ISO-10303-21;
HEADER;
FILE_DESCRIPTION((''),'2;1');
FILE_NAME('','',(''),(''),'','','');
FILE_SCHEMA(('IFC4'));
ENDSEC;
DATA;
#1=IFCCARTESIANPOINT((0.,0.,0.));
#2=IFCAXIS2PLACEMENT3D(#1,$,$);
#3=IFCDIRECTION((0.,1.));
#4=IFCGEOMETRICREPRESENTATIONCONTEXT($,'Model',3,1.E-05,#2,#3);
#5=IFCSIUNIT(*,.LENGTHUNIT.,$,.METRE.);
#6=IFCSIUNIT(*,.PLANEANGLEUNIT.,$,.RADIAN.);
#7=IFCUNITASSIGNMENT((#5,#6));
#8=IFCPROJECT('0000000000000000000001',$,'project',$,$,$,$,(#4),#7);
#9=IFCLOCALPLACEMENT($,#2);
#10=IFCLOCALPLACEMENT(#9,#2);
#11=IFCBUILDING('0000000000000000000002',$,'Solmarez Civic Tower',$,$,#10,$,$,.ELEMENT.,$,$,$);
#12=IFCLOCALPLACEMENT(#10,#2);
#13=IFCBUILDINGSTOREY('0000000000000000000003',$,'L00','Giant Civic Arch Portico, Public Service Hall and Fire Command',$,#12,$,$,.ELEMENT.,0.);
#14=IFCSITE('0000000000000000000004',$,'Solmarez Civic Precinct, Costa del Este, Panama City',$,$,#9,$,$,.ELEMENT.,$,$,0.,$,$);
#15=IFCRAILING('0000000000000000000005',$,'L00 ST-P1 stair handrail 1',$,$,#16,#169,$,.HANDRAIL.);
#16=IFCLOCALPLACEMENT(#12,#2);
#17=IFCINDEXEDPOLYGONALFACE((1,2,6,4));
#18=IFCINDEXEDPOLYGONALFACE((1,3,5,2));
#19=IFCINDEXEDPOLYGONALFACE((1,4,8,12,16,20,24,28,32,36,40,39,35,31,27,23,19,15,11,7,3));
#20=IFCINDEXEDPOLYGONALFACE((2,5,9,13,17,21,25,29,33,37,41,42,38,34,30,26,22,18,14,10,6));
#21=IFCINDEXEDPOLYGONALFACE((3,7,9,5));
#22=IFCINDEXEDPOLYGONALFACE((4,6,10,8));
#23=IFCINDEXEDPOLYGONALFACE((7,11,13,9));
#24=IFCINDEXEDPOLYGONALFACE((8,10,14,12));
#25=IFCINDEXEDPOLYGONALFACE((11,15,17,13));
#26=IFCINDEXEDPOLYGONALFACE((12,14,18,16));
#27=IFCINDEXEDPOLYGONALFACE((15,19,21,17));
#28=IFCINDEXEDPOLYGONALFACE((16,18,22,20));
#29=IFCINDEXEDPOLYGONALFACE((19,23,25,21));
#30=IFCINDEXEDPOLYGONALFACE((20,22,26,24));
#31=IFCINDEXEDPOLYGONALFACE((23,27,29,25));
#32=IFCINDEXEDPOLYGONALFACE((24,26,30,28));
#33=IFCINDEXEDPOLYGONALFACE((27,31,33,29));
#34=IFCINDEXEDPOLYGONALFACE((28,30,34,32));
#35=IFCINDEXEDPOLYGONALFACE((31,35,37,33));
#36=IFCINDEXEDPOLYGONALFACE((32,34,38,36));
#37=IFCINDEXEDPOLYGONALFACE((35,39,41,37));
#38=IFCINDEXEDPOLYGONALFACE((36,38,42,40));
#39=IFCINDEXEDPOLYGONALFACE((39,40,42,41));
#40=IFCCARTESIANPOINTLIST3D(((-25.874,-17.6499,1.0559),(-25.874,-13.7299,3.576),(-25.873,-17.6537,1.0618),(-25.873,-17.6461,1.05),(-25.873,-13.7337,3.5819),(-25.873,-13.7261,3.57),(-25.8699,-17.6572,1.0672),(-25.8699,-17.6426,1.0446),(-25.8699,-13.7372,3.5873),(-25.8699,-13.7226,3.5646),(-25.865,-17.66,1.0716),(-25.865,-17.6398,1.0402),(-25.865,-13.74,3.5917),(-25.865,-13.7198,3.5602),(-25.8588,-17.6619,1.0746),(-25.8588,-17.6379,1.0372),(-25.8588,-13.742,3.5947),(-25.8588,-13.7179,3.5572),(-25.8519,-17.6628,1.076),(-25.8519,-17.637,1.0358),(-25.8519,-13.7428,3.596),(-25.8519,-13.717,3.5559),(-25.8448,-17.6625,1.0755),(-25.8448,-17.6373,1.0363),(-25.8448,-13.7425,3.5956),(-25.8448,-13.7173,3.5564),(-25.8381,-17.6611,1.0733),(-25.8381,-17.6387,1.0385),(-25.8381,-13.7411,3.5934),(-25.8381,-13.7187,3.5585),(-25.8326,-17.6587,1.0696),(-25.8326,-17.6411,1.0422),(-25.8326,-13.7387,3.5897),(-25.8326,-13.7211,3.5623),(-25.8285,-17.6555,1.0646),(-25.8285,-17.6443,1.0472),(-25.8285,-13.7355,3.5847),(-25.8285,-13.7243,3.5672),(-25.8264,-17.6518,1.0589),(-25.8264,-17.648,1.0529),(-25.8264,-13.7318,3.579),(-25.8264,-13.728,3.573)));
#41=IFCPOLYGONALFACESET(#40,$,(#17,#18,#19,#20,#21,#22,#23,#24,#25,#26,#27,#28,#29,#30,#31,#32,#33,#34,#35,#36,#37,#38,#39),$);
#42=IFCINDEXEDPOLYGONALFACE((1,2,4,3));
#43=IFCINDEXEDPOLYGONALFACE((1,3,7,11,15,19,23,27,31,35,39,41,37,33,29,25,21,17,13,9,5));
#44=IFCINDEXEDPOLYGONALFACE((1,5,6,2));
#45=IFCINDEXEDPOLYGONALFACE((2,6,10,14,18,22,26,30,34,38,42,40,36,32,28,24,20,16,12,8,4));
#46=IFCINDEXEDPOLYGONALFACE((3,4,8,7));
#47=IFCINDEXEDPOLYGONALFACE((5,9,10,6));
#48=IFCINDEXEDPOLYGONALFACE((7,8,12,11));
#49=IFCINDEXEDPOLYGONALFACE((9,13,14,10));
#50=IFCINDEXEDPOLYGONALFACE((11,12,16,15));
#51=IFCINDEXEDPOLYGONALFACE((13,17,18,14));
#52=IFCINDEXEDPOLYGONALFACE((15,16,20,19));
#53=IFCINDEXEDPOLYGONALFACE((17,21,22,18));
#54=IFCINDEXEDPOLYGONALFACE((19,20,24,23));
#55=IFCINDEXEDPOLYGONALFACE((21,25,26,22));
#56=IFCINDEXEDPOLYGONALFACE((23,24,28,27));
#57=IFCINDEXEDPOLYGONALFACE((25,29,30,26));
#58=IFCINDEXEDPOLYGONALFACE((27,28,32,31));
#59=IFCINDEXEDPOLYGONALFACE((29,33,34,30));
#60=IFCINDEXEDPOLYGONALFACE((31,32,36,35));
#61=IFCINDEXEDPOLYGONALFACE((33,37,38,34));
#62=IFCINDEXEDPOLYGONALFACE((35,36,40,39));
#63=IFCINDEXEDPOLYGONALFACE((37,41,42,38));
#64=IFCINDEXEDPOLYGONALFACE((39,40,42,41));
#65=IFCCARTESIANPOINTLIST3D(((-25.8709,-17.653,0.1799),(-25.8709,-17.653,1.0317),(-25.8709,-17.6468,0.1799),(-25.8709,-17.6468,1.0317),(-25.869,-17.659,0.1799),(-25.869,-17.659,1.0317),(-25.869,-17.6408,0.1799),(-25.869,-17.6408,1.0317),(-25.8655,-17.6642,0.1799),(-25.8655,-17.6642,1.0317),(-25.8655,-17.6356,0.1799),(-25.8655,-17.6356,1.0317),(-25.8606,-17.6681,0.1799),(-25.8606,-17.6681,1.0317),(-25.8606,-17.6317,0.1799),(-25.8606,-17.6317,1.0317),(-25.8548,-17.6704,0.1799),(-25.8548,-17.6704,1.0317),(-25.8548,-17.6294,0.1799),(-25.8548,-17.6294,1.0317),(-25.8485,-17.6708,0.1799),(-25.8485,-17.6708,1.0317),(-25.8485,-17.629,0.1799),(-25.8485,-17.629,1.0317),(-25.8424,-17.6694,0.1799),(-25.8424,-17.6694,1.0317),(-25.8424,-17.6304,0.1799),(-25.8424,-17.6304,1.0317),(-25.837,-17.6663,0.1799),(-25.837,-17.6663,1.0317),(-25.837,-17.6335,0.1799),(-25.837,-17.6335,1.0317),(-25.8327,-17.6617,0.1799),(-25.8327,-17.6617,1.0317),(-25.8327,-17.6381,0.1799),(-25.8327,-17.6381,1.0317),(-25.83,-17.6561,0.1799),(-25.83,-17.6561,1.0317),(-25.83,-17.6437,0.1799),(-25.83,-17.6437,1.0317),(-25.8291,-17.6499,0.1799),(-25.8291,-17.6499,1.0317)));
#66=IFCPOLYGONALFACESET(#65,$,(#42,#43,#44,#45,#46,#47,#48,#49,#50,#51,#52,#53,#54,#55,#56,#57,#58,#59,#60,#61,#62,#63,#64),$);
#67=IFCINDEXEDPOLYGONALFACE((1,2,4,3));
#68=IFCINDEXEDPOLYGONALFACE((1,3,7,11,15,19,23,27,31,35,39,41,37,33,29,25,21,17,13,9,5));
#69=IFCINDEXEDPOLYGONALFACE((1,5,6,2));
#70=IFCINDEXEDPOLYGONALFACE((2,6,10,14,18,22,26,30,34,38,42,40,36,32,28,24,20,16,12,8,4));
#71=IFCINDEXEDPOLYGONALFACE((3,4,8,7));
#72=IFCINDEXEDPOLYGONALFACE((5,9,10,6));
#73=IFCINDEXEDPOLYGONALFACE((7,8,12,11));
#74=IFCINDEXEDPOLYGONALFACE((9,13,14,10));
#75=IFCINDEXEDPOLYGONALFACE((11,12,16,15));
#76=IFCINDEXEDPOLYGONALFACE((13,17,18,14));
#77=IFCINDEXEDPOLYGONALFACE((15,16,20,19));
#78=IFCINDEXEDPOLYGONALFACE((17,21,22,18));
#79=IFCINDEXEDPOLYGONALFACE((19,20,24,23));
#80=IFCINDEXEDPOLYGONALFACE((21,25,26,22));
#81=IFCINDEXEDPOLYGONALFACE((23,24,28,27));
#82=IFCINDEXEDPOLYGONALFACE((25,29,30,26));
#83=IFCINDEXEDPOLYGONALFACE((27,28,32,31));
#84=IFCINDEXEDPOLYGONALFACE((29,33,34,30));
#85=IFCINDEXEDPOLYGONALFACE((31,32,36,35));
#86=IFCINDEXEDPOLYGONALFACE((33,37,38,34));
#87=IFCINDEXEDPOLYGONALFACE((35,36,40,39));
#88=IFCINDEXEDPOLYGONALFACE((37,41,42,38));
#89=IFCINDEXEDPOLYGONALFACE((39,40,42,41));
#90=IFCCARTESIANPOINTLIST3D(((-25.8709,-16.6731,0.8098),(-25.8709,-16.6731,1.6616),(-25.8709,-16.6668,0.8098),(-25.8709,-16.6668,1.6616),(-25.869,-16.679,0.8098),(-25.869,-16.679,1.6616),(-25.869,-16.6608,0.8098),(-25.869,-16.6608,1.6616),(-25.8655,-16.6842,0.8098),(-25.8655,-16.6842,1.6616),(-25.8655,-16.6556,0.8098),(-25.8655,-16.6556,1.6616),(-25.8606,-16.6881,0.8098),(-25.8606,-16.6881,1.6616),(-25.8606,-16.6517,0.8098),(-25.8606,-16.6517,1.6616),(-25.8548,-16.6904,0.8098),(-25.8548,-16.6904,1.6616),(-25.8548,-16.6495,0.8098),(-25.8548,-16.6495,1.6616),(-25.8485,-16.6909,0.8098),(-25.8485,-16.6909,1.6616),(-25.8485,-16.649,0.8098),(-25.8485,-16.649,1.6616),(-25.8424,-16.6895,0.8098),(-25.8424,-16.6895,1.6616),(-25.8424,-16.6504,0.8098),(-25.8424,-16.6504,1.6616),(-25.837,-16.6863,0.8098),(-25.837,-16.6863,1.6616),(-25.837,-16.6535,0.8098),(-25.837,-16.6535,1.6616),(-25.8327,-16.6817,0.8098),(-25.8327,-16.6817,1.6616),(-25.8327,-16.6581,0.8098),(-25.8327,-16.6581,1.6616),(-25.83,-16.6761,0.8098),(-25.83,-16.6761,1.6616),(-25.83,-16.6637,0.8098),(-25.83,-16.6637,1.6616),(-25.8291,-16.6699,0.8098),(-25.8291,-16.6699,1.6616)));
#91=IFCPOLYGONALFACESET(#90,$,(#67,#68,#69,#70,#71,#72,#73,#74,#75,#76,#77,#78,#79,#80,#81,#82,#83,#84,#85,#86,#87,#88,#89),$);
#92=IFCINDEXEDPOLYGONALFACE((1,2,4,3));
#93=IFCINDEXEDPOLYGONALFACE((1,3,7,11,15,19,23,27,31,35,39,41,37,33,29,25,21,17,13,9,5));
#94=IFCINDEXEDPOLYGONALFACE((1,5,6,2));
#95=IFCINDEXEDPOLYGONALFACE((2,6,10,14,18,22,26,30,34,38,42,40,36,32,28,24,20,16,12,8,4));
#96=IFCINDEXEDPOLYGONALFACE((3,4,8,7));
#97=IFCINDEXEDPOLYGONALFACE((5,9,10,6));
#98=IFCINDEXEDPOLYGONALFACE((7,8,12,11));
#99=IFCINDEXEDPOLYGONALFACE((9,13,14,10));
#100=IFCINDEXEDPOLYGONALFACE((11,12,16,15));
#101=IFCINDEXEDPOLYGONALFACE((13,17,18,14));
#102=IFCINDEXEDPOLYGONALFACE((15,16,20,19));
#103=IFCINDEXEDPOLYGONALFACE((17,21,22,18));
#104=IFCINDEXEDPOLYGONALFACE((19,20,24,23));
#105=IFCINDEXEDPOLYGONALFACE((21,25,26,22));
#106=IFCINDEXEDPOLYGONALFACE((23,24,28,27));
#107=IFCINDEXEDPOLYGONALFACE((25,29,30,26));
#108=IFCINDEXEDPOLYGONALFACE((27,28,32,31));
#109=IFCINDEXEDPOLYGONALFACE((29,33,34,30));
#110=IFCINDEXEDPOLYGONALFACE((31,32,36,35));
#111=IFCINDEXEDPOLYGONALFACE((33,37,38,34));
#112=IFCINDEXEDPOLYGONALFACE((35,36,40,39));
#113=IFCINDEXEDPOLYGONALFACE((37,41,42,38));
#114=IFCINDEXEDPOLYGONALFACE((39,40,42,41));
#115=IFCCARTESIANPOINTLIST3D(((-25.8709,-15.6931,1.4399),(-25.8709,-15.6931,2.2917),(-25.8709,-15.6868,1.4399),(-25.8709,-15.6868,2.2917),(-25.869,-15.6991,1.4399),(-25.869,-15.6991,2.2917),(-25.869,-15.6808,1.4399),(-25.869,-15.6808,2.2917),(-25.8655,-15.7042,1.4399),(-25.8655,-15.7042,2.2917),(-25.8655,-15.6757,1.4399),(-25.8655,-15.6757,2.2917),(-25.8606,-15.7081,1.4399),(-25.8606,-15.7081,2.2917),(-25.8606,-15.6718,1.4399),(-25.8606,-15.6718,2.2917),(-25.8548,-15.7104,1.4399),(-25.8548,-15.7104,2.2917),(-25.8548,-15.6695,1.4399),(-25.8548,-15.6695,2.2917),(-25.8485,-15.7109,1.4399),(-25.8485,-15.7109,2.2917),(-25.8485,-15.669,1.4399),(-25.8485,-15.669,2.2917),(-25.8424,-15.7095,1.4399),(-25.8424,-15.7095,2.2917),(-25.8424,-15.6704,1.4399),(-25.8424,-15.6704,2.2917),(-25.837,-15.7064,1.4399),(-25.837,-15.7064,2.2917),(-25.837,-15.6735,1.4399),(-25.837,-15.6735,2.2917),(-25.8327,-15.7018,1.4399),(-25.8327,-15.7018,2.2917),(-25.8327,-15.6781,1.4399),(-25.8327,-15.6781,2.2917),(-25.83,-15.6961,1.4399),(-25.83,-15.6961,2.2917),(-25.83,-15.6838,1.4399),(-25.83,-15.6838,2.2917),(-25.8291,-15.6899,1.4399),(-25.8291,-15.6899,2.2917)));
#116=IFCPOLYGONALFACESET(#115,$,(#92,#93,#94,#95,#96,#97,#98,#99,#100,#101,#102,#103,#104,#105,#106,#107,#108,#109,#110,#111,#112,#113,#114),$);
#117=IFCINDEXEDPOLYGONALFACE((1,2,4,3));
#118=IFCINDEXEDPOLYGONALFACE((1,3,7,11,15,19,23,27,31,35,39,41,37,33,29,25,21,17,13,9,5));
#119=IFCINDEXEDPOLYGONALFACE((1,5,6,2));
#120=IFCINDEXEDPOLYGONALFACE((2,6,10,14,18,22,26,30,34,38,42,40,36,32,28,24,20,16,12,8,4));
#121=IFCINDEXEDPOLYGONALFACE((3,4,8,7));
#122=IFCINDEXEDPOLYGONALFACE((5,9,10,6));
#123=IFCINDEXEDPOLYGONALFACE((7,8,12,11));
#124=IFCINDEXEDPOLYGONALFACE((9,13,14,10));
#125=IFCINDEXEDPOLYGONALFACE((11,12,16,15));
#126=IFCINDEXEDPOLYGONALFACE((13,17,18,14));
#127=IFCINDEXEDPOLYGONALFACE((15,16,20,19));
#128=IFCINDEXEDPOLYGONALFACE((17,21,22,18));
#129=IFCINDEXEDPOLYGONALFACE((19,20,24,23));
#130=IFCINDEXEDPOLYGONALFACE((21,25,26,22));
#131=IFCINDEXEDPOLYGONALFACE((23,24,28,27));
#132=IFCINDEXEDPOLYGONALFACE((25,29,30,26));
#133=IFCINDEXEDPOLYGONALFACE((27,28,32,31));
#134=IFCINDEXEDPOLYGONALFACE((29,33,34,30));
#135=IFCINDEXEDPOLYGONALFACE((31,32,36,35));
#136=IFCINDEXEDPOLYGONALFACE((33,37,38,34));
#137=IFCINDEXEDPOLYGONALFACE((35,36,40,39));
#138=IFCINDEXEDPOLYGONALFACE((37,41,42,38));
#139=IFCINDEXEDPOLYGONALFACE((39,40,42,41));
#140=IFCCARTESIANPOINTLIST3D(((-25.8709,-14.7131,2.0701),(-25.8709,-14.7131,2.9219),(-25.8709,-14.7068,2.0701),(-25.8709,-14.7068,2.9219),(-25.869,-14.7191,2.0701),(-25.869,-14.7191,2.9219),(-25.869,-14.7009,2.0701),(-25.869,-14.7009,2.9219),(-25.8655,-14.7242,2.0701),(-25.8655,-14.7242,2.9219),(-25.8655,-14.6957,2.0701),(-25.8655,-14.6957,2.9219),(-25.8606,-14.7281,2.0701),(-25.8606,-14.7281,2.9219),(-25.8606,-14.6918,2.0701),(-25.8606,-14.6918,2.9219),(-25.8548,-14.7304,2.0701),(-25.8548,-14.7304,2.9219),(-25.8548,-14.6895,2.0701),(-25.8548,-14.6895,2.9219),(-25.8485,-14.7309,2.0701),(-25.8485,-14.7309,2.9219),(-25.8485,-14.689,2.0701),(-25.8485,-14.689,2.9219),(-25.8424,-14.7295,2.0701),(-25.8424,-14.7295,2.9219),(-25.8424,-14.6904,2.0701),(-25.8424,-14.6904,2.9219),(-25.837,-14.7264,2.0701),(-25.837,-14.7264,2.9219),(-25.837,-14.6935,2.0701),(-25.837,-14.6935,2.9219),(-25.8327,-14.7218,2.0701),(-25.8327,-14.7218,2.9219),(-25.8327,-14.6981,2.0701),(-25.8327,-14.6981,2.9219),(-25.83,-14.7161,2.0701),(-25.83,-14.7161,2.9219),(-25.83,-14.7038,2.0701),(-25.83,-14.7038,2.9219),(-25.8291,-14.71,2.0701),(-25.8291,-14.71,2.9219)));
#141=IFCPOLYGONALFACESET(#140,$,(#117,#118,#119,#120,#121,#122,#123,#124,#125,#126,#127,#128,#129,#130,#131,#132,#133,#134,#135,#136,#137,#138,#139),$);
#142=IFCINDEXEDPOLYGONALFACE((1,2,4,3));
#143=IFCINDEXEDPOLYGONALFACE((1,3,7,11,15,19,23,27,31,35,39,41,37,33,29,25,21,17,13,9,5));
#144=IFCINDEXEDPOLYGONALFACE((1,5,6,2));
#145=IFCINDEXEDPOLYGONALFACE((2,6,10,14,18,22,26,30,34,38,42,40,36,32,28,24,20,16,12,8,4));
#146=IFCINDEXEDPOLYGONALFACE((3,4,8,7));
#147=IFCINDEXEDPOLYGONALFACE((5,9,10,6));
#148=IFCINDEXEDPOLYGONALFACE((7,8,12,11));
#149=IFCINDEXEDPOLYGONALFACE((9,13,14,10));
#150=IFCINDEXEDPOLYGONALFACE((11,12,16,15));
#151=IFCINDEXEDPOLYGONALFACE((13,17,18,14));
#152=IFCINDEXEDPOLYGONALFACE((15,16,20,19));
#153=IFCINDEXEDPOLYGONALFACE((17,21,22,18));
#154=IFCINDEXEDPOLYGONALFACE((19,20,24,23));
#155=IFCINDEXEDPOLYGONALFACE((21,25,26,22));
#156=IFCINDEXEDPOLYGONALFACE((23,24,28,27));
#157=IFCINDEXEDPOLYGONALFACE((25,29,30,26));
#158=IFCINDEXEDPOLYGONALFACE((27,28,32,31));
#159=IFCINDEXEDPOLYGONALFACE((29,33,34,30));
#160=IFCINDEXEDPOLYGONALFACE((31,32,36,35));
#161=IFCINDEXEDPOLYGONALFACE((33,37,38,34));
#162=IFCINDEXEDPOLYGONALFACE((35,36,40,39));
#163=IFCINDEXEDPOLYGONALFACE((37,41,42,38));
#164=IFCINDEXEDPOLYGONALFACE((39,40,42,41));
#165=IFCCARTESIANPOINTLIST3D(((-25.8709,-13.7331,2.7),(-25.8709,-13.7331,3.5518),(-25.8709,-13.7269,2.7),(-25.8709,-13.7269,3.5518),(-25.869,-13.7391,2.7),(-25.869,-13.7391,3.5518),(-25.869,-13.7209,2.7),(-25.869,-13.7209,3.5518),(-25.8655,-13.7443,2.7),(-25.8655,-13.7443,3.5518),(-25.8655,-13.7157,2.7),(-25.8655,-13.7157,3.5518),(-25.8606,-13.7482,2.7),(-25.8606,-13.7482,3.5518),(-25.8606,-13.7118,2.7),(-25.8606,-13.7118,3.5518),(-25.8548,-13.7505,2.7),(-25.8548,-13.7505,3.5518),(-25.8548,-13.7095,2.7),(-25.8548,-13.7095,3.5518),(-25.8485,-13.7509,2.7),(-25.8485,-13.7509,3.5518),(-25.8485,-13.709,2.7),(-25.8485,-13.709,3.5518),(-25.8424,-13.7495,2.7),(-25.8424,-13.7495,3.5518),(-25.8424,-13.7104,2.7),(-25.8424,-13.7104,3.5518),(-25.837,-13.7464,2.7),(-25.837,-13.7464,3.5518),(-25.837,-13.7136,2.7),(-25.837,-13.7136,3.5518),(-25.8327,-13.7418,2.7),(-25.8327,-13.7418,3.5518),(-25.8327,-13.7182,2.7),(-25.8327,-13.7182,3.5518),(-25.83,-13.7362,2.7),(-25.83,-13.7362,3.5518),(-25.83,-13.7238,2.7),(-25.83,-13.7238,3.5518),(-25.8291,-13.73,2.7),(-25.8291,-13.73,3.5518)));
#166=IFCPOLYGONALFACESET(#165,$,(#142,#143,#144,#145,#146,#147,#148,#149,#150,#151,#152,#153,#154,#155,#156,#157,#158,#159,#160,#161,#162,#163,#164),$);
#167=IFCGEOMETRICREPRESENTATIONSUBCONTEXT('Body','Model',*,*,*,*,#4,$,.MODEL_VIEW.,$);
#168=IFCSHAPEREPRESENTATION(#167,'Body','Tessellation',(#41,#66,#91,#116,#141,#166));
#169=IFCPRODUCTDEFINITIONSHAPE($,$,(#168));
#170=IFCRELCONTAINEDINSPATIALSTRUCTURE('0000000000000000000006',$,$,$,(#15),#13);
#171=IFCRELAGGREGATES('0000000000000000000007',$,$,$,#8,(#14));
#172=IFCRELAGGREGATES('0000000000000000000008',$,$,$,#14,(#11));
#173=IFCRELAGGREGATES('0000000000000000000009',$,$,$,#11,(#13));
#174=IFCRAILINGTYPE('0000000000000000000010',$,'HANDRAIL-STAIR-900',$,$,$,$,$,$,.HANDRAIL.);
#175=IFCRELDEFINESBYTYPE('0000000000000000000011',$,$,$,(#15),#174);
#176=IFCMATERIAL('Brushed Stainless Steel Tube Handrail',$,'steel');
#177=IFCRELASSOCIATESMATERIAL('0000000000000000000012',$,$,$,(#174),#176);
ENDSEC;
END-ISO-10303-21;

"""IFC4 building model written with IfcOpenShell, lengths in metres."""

from ifc_helpers import new_model, si_unit, direction, frame, origin, origin_2d, place, context, subcontext, project, spatial, circle, extrude, material, type_object, element, save


model = new_model("IFC4")

# Units and contexts
model_context = context("Model", 3, precision=1e-05, world=origin(), true_north=direction((0.0, 1.0)))
body_context = subcontext(model_context, "Body", "Model", "MODEL_VIEW")
ifc_project = project(units=[si_unit("LENGTHUNIT", "METRE"), si_unit("PLANEANGLEUNIT", "RADIAN")], contexts=[model_context])

# Site, building, storey
site_placement = place(None, origin())
site = spatial("IfcSite", under=ifc_project, at=site_placement, Name="Solmarez Civic Precinct, Costa del Este, Panama City", CompositionType="ELEMENT", RefElevation=0.0)
building_placement = place(site_placement, origin())
building = spatial("IfcBuilding", under=site, at=building_placement, Name="Solmarez Civic Tower", CompositionType="ELEMENT")
storey_placement = place(building_placement, origin())
storey = spatial("IfcBuildingStorey", under=building, at=storey_placement, Name="L00", Description="Giant Civic Arch Portico, Public Service Hall and Fire Command", CompositionType="ELEMENT", Elevation=0.0)

# Railing
ifc_material_1 = material(Name="Brushed Stainless Steel Tube Handrail", Category="steel")
railing_type_1 = type_object("IfcRailingType", Name="HANDRAIL-STAIR-900", PredefinedType="HANDRAIL", material=ifc_material_1)
railing_1_placement = place(storey_placement, frame((-25.8501, -17.6499, 0.1799)))
element("IfcRailing", 1, at=railing_1_placement, inside=storey, type_object=railing_type_1, Name="L00 ST-P1 stair handrail 1", PredefinedType="HANDRAIL", context=body_context, shape_type="SweptSolid", body=[
    extrude(circle(Radius=0.0239, at=origin_2d()), frame((0.0, 0.0, 0.876), z_axis=(0.0, 0.841172, 0.540768), x_axis=(-1.0, 0.0, 0.0)), (0.0, 0.0, 1.0), 4.6602),
    extrude(circle(Radius=0.021, at=origin_2d()), origin(), (0.0, 0.0, 1.0), 0.8518),
    extrude(circle(Radius=0.021, at=origin_2d()), frame((0.0, 0.98, 0.6299)), (0.0, 0.0, 1.0), 0.8518),
    extrude(circle(Radius=0.021, at=origin_2d()), frame((0.0, 1.96, 1.26)), (0.0, 0.0, 1.0), 0.8518),
    extrude(circle(Radius=0.021, at=origin_2d()), frame((0.0, 2.9399, 1.8901)), (0.0, 0.0, 1.0), 0.8518),
    extrude(circle(Radius=0.021, at=origin_2d()), frame((0.0, 3.9199, 2.52)), (0.0, 0.0, 1.0), 0.8518),
])

save(model, "model.ifc")
